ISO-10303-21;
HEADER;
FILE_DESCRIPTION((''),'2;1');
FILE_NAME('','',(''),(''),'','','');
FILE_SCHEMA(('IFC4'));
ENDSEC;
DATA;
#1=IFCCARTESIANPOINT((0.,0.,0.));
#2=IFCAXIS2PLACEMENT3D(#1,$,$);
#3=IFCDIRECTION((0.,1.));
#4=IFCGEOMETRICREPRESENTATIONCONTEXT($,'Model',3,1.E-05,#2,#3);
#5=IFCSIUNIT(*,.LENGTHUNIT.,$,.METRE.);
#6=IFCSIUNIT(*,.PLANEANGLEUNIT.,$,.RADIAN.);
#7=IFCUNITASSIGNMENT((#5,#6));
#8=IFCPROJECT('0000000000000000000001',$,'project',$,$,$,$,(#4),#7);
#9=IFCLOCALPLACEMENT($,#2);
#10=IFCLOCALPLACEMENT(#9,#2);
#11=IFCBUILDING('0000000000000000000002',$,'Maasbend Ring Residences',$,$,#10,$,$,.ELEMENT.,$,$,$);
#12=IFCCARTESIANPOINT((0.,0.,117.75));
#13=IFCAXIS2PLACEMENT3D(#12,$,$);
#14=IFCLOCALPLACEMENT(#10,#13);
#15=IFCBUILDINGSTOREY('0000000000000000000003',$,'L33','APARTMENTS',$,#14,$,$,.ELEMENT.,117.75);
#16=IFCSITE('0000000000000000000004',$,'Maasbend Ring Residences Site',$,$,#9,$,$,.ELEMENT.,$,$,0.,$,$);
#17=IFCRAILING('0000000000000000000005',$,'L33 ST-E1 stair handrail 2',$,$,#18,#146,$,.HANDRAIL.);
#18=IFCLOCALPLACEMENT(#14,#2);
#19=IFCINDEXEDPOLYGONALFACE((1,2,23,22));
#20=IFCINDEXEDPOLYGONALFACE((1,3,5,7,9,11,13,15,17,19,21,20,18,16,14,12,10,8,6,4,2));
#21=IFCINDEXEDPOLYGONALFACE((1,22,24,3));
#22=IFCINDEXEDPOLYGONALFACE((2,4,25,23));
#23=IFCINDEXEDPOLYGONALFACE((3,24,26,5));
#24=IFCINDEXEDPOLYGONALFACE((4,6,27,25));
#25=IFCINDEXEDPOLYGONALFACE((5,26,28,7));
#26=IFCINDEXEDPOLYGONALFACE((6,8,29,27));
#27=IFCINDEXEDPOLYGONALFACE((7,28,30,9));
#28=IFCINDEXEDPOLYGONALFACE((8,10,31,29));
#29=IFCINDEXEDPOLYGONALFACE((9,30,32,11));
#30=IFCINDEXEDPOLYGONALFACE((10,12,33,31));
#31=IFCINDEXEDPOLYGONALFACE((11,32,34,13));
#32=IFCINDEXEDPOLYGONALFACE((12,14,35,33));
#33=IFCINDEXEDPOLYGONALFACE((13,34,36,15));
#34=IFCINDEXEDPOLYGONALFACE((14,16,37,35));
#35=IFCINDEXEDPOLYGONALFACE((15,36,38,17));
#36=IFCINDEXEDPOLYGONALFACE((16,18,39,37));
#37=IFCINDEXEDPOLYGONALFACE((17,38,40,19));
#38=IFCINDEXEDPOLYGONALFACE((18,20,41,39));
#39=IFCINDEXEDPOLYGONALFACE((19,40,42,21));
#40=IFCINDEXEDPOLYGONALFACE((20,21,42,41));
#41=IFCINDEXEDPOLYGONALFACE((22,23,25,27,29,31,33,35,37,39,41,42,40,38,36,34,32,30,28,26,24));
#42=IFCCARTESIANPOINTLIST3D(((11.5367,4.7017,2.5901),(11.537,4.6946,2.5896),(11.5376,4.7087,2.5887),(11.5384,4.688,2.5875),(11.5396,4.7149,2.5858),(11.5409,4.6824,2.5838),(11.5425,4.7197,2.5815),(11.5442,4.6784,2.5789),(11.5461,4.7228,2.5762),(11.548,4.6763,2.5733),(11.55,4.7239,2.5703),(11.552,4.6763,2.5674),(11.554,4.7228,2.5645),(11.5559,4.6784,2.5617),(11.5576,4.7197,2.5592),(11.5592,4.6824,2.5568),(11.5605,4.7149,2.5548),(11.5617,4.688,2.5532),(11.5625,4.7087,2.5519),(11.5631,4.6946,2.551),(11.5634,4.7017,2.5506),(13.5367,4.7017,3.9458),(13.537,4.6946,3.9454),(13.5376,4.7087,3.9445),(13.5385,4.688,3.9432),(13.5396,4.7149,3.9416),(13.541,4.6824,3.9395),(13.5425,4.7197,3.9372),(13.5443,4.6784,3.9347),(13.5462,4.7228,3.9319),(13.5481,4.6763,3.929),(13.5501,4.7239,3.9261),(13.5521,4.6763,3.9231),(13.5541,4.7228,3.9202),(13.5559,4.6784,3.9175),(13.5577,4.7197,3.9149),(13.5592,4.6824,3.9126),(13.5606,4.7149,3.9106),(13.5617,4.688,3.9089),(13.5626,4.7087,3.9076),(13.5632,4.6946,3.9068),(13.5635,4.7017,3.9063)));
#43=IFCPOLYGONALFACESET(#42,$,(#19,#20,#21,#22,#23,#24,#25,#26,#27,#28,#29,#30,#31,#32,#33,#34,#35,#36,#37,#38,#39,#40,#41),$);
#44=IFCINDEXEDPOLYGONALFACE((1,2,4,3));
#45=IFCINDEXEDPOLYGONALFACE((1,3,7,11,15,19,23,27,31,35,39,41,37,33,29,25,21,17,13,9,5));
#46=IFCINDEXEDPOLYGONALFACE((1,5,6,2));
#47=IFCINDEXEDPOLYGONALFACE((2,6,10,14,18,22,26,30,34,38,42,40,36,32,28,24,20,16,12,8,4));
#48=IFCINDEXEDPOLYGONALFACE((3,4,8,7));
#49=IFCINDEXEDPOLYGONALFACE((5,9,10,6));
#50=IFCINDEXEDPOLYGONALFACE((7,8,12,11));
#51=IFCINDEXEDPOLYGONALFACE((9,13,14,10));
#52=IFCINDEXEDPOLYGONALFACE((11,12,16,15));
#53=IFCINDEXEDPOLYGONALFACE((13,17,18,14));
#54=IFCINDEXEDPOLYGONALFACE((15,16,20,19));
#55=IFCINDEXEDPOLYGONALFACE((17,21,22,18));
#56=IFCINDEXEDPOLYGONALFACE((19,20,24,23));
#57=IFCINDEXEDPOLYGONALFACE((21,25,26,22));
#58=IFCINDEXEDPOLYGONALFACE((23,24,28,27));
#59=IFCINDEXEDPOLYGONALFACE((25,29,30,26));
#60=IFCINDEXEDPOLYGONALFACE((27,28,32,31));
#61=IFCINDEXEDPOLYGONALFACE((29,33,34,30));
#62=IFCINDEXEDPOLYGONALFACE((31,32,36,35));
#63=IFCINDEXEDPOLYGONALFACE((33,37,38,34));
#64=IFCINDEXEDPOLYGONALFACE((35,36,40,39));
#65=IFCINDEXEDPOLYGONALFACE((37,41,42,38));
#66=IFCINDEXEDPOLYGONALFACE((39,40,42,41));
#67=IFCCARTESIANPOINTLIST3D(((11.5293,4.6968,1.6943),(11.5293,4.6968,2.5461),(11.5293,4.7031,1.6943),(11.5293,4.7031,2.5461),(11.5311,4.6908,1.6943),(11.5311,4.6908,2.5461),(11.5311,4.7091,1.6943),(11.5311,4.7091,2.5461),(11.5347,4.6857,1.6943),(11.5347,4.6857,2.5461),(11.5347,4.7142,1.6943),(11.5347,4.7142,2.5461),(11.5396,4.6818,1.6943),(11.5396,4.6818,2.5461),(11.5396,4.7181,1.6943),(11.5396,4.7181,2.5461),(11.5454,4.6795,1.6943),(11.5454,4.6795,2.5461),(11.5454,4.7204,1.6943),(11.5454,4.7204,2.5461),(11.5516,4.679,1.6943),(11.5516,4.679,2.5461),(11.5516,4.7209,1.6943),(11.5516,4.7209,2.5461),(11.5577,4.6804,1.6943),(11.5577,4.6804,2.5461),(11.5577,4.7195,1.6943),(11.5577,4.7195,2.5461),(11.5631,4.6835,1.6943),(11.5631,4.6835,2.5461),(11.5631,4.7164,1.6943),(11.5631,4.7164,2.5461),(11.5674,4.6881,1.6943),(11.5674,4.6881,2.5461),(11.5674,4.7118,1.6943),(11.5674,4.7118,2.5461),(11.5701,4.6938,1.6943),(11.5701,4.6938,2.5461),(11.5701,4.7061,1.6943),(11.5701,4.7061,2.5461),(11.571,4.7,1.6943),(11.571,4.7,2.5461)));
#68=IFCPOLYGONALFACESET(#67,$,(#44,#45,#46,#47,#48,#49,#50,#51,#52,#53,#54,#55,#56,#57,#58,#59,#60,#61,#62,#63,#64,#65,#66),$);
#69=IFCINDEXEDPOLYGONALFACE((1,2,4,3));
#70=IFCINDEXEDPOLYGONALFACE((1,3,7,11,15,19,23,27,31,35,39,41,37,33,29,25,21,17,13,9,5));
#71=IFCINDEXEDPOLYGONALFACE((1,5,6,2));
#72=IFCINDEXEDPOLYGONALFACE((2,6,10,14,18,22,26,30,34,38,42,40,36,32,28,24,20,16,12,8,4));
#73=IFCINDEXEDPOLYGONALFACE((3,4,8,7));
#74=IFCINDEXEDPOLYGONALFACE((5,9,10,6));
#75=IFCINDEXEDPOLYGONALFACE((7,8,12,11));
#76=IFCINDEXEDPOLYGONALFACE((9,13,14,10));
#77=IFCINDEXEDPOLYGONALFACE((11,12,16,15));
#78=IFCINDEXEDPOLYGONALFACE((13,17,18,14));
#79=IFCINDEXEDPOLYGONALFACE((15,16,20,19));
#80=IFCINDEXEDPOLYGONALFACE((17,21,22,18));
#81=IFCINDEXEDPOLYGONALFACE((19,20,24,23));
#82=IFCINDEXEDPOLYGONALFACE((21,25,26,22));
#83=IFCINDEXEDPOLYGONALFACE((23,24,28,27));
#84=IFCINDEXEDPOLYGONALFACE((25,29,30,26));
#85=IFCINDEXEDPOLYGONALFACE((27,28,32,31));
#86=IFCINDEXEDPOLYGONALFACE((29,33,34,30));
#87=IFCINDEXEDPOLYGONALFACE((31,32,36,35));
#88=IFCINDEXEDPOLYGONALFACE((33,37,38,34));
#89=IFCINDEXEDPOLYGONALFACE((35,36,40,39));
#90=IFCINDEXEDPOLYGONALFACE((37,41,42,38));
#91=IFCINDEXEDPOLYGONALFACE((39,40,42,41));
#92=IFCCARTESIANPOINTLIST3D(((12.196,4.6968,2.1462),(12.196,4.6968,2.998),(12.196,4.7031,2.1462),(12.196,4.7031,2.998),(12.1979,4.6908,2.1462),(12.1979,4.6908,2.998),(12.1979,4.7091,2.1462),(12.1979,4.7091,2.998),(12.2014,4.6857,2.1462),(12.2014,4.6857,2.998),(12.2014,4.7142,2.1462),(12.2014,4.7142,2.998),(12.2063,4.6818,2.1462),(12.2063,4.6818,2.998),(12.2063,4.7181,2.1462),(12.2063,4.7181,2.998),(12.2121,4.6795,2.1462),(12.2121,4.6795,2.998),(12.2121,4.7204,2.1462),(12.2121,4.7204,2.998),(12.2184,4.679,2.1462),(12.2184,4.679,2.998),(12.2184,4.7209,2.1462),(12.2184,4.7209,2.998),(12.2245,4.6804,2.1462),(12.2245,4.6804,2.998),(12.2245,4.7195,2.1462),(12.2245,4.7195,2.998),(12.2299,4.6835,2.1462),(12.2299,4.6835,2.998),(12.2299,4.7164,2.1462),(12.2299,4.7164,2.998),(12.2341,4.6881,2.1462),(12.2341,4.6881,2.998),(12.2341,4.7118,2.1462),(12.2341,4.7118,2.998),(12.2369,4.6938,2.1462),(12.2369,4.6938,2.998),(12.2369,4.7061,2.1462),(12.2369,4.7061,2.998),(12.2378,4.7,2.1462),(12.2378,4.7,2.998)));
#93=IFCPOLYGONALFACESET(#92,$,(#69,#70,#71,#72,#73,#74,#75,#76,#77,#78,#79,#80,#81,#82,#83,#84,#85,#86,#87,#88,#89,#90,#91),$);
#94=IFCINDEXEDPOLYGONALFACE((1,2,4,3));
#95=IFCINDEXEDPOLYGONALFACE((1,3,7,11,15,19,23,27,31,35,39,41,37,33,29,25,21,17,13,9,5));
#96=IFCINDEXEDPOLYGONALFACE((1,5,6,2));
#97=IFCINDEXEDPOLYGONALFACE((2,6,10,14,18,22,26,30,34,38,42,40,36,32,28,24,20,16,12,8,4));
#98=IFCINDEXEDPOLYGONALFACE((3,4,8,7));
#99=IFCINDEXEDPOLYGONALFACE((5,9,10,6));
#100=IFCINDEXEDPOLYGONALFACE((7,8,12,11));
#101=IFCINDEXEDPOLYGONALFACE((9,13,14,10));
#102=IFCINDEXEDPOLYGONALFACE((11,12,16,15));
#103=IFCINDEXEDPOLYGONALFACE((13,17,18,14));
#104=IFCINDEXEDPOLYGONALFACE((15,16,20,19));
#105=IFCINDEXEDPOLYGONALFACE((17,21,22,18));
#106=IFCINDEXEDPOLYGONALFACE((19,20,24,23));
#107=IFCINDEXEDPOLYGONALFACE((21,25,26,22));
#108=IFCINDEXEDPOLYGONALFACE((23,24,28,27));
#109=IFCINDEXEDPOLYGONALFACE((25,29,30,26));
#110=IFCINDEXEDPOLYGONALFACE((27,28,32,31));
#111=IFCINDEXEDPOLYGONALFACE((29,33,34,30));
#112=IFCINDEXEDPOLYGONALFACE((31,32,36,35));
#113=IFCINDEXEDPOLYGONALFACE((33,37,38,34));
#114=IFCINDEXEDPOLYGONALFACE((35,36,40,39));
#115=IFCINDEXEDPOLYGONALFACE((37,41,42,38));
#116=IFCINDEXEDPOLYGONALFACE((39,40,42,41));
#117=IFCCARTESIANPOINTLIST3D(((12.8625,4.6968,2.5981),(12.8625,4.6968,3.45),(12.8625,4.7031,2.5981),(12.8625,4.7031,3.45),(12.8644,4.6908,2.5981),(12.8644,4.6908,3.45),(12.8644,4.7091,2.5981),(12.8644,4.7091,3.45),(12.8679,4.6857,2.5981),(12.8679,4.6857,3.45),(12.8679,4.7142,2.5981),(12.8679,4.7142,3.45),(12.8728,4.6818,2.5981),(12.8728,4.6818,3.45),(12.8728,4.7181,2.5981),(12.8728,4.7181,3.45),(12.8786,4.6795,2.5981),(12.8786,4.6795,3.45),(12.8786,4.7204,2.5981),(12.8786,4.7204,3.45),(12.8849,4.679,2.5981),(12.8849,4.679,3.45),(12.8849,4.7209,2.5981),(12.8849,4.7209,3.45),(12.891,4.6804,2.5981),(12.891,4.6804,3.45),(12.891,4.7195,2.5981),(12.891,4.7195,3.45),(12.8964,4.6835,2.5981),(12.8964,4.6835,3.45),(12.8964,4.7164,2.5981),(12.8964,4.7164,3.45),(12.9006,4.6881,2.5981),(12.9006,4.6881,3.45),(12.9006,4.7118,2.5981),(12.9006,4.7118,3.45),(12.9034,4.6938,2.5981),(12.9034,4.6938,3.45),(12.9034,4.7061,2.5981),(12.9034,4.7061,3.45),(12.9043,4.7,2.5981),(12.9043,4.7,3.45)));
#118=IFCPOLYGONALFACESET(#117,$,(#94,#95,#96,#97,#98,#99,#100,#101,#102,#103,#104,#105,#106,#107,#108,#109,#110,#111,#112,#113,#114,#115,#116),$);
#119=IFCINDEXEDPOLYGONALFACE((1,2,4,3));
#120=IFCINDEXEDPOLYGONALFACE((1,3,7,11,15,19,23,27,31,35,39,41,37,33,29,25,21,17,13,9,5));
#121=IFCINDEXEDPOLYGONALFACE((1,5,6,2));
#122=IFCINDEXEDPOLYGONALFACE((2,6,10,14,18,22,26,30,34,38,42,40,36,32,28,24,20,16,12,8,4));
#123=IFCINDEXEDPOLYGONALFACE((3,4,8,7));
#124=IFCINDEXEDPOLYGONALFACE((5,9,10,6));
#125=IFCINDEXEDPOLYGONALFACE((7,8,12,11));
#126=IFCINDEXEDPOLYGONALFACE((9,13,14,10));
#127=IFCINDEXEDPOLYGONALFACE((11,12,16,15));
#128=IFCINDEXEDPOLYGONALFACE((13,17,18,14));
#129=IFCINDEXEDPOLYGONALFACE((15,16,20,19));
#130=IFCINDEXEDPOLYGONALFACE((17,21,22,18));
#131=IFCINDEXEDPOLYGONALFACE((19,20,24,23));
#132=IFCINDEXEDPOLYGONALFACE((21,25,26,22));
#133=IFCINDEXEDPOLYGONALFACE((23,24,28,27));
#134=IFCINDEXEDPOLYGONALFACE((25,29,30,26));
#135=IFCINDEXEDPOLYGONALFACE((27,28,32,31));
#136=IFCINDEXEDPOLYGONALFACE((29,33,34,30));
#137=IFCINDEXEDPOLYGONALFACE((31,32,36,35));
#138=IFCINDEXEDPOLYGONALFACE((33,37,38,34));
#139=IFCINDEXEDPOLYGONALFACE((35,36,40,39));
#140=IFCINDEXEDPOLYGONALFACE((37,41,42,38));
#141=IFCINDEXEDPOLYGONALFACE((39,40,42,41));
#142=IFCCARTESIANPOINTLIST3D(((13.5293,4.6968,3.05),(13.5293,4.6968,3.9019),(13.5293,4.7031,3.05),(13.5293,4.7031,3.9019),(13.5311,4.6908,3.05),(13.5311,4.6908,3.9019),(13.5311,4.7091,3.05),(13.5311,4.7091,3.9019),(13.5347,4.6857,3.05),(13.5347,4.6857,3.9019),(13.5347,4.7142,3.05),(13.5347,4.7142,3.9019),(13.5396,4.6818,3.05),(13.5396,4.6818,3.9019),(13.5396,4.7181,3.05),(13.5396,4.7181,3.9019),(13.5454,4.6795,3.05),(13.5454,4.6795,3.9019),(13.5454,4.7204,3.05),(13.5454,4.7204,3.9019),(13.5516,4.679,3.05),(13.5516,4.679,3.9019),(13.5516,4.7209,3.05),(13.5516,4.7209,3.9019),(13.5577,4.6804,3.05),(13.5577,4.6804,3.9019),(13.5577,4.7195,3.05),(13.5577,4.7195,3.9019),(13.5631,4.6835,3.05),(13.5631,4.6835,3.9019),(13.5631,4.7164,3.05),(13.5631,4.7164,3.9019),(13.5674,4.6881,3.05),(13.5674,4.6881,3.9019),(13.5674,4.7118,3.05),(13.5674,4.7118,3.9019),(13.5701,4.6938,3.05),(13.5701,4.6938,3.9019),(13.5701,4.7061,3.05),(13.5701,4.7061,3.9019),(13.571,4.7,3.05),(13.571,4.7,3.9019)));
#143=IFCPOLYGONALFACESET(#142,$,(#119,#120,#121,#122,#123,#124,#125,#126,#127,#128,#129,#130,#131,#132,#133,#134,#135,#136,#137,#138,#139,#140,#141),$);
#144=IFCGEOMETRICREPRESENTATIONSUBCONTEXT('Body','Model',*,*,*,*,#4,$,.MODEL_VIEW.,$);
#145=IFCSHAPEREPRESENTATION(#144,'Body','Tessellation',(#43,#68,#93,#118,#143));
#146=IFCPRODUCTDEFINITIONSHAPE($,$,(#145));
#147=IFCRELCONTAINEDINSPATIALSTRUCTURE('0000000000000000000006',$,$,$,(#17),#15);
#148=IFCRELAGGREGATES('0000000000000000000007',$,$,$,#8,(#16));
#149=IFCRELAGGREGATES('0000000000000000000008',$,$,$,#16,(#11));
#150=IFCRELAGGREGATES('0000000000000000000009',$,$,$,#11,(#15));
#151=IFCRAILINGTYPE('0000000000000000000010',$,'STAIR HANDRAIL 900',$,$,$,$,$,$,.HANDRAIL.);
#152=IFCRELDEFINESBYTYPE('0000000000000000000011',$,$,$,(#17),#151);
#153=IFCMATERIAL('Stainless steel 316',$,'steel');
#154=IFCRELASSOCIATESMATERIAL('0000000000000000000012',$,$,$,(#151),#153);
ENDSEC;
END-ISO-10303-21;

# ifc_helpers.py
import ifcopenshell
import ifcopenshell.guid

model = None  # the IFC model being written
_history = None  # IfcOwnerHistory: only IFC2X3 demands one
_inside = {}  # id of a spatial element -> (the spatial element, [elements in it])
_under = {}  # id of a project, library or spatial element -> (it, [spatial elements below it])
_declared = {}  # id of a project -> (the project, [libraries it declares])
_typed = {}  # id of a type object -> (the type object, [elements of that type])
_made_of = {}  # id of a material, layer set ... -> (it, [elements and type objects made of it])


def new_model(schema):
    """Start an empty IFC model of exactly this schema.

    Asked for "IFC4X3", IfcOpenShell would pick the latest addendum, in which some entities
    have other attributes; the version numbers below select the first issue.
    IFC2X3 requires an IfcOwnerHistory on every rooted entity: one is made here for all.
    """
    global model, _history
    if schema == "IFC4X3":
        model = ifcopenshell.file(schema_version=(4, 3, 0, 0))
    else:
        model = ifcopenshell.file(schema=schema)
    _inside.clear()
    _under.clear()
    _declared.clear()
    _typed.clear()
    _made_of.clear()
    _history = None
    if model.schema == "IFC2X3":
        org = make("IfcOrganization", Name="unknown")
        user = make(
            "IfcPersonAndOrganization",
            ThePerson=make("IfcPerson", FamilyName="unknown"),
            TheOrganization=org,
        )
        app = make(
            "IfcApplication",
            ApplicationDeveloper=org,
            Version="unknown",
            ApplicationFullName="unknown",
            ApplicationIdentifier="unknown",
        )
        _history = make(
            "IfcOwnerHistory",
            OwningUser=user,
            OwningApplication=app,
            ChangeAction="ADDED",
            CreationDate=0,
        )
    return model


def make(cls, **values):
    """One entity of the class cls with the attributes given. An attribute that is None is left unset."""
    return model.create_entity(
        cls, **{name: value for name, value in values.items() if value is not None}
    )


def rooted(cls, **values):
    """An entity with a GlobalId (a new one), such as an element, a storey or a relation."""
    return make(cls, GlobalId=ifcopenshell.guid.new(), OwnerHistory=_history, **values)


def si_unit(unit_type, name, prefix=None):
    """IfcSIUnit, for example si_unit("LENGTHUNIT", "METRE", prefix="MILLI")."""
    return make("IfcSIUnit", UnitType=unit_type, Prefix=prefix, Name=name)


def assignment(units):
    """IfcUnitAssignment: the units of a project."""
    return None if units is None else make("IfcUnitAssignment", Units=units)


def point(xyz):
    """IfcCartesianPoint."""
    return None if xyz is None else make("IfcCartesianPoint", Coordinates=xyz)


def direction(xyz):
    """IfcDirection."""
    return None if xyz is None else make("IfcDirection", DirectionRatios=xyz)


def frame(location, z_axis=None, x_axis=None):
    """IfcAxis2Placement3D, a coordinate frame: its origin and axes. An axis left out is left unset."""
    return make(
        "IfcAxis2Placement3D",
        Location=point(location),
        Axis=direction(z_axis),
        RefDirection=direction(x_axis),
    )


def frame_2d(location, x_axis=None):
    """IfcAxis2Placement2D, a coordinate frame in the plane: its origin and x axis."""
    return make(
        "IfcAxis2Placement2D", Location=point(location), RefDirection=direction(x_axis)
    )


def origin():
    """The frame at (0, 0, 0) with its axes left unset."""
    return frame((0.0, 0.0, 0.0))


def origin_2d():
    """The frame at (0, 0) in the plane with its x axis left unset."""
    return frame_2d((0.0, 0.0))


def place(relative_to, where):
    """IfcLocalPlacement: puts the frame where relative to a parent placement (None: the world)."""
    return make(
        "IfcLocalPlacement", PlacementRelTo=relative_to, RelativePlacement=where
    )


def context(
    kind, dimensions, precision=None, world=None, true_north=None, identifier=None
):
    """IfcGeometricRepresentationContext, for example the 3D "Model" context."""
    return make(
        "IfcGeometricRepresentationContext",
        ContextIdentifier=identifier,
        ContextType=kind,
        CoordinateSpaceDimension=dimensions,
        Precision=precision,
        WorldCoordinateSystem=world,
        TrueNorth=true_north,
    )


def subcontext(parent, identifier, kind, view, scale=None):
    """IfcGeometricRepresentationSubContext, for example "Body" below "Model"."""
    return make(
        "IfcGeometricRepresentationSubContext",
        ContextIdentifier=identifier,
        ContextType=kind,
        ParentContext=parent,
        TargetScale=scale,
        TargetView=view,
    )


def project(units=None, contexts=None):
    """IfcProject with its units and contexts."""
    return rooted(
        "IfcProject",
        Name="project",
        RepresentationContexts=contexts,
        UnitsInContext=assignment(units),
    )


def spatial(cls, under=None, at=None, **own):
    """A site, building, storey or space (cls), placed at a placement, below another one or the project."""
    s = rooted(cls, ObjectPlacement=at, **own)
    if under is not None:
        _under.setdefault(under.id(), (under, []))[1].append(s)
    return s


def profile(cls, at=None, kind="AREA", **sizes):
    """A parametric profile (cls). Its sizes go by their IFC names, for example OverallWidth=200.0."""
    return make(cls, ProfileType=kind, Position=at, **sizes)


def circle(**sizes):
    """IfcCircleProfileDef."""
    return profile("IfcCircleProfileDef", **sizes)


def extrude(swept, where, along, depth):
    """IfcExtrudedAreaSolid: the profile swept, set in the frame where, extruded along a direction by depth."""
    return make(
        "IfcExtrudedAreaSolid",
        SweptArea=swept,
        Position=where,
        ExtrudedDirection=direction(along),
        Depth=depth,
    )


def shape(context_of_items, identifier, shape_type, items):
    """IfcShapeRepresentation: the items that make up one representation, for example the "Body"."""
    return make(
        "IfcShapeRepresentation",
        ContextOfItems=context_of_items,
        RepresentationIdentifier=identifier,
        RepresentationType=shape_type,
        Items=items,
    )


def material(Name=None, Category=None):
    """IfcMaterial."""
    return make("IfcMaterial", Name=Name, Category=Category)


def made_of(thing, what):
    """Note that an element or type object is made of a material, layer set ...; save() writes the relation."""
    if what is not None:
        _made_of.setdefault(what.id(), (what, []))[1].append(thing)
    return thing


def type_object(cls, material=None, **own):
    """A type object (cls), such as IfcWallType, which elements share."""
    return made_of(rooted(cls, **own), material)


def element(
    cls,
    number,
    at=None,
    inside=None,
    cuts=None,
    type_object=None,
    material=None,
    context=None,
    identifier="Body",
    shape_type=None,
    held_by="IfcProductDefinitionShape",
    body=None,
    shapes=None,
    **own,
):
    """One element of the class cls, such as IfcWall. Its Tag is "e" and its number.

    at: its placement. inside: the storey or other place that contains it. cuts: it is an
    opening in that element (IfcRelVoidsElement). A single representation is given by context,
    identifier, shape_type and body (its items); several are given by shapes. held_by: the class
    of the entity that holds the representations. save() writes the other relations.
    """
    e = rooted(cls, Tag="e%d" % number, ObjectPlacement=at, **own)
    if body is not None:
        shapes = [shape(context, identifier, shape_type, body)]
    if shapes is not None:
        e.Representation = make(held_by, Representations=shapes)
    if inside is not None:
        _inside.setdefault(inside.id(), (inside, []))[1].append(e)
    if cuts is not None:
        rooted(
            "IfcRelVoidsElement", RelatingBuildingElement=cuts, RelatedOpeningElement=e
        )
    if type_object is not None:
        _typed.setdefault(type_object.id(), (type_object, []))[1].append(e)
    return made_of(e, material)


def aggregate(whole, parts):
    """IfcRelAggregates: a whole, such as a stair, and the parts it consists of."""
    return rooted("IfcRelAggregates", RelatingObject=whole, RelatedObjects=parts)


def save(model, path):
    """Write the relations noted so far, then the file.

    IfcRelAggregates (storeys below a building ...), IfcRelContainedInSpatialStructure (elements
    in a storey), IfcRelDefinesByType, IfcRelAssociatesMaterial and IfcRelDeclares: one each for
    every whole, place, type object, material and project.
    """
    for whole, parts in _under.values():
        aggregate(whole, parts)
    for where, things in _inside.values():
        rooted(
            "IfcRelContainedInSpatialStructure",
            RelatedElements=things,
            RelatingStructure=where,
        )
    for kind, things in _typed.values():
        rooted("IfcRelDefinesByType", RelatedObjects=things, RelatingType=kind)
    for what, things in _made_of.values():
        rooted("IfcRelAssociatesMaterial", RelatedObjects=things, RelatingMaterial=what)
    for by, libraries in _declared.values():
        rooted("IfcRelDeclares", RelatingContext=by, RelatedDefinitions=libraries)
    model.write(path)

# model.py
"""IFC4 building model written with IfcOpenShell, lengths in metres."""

from ifc_helpers import new_model, si_unit, direction, frame, origin, origin_2d, place, context, subcontext, project, spatial, circle, extrude, material, type_object, element, save


model = new_model("IFC4")

# Units and contexts
model_context = context("Model", 3, precision=1e-05, world=origin(), true_north=direction((0.0, 1.0)))
body_context = subcontext(model_context, "Body", "Model", "MODEL_VIEW")
ifc_project = project(units=[si_unit("LENGTHUNIT", "METRE"), si_unit("PLANEANGLEUNIT", "RADIAN")], contexts=[model_context])

# Site, building, storey
site_placement = place(None, origin())
site = spatial("IfcSite", under=ifc_project, at=site_placement, Name="Maasbend Ring Residences Site", CompositionType="ELEMENT", RefElevation=0.0)
building_placement = place(site_placement, origin())
building = spatial("IfcBuilding", under=site, at=building_placement, Name="Maasbend Ring Residences", CompositionType="ELEMENT")
storey_placement = place(building_placement, frame((0.0, 0.0, 117.75)))
storey = spatial("IfcBuildingStorey", under=building, at=storey_placement, Name="L33", Description="APARTMENTS", CompositionType="ELEMENT", Elevation=117.75)

# Railing
ifc_material_1 = material(Name="Stainless steel 316", Category="steel")
railing_type_1 = type_object("IfcRailingType", Name="STAIR HANDRAIL 900", PredefinedType="HANDRAIL", material=ifc_material_1)
railing_1_placement = place(storey_placement, frame((11.55, 4.7, 1.6943)))
element("IfcRailing", 1, at=railing_1_placement, inside=storey, type_object=railing_type_1, Name="L33 ST-E1 stair handrail 2", PredefinedType="HANDRAIL", context=body_context, shape_type="SweptSolid", body=[
    extrude(circle(Radius=0.0239, at=origin_2d()), frame((0.0, 0.0, 0.876), z_axis=(0.827751, 0.0, 0.561096), x_axis=(0.0, 1.0, 0.0)), (0.0, 0.0, 1.0), 2.4163),
    extrude(circle(Radius=0.021, at=origin_2d()), origin(), (0.0, 0.0, 1.0), 0.8518),
    extrude(circle(Radius=0.021, at=origin_2d()), frame((0.6667, 0.0, 0.4519)), (0.0, 0.0, 1.0), 0.8518),
    extrude(circle(Radius=0.021, at=origin_2d()), frame((1.3333, 0.0, 0.9038)), (0.0, 0.0, 1.0), 0.8518),
    extrude(circle(Radius=0.021, at=origin_2d()), frame((2.0, 0.0, 1.3557)), (0.0, 0.0, 1.0), 0.8518),
])

save(model, "model.ifc")
